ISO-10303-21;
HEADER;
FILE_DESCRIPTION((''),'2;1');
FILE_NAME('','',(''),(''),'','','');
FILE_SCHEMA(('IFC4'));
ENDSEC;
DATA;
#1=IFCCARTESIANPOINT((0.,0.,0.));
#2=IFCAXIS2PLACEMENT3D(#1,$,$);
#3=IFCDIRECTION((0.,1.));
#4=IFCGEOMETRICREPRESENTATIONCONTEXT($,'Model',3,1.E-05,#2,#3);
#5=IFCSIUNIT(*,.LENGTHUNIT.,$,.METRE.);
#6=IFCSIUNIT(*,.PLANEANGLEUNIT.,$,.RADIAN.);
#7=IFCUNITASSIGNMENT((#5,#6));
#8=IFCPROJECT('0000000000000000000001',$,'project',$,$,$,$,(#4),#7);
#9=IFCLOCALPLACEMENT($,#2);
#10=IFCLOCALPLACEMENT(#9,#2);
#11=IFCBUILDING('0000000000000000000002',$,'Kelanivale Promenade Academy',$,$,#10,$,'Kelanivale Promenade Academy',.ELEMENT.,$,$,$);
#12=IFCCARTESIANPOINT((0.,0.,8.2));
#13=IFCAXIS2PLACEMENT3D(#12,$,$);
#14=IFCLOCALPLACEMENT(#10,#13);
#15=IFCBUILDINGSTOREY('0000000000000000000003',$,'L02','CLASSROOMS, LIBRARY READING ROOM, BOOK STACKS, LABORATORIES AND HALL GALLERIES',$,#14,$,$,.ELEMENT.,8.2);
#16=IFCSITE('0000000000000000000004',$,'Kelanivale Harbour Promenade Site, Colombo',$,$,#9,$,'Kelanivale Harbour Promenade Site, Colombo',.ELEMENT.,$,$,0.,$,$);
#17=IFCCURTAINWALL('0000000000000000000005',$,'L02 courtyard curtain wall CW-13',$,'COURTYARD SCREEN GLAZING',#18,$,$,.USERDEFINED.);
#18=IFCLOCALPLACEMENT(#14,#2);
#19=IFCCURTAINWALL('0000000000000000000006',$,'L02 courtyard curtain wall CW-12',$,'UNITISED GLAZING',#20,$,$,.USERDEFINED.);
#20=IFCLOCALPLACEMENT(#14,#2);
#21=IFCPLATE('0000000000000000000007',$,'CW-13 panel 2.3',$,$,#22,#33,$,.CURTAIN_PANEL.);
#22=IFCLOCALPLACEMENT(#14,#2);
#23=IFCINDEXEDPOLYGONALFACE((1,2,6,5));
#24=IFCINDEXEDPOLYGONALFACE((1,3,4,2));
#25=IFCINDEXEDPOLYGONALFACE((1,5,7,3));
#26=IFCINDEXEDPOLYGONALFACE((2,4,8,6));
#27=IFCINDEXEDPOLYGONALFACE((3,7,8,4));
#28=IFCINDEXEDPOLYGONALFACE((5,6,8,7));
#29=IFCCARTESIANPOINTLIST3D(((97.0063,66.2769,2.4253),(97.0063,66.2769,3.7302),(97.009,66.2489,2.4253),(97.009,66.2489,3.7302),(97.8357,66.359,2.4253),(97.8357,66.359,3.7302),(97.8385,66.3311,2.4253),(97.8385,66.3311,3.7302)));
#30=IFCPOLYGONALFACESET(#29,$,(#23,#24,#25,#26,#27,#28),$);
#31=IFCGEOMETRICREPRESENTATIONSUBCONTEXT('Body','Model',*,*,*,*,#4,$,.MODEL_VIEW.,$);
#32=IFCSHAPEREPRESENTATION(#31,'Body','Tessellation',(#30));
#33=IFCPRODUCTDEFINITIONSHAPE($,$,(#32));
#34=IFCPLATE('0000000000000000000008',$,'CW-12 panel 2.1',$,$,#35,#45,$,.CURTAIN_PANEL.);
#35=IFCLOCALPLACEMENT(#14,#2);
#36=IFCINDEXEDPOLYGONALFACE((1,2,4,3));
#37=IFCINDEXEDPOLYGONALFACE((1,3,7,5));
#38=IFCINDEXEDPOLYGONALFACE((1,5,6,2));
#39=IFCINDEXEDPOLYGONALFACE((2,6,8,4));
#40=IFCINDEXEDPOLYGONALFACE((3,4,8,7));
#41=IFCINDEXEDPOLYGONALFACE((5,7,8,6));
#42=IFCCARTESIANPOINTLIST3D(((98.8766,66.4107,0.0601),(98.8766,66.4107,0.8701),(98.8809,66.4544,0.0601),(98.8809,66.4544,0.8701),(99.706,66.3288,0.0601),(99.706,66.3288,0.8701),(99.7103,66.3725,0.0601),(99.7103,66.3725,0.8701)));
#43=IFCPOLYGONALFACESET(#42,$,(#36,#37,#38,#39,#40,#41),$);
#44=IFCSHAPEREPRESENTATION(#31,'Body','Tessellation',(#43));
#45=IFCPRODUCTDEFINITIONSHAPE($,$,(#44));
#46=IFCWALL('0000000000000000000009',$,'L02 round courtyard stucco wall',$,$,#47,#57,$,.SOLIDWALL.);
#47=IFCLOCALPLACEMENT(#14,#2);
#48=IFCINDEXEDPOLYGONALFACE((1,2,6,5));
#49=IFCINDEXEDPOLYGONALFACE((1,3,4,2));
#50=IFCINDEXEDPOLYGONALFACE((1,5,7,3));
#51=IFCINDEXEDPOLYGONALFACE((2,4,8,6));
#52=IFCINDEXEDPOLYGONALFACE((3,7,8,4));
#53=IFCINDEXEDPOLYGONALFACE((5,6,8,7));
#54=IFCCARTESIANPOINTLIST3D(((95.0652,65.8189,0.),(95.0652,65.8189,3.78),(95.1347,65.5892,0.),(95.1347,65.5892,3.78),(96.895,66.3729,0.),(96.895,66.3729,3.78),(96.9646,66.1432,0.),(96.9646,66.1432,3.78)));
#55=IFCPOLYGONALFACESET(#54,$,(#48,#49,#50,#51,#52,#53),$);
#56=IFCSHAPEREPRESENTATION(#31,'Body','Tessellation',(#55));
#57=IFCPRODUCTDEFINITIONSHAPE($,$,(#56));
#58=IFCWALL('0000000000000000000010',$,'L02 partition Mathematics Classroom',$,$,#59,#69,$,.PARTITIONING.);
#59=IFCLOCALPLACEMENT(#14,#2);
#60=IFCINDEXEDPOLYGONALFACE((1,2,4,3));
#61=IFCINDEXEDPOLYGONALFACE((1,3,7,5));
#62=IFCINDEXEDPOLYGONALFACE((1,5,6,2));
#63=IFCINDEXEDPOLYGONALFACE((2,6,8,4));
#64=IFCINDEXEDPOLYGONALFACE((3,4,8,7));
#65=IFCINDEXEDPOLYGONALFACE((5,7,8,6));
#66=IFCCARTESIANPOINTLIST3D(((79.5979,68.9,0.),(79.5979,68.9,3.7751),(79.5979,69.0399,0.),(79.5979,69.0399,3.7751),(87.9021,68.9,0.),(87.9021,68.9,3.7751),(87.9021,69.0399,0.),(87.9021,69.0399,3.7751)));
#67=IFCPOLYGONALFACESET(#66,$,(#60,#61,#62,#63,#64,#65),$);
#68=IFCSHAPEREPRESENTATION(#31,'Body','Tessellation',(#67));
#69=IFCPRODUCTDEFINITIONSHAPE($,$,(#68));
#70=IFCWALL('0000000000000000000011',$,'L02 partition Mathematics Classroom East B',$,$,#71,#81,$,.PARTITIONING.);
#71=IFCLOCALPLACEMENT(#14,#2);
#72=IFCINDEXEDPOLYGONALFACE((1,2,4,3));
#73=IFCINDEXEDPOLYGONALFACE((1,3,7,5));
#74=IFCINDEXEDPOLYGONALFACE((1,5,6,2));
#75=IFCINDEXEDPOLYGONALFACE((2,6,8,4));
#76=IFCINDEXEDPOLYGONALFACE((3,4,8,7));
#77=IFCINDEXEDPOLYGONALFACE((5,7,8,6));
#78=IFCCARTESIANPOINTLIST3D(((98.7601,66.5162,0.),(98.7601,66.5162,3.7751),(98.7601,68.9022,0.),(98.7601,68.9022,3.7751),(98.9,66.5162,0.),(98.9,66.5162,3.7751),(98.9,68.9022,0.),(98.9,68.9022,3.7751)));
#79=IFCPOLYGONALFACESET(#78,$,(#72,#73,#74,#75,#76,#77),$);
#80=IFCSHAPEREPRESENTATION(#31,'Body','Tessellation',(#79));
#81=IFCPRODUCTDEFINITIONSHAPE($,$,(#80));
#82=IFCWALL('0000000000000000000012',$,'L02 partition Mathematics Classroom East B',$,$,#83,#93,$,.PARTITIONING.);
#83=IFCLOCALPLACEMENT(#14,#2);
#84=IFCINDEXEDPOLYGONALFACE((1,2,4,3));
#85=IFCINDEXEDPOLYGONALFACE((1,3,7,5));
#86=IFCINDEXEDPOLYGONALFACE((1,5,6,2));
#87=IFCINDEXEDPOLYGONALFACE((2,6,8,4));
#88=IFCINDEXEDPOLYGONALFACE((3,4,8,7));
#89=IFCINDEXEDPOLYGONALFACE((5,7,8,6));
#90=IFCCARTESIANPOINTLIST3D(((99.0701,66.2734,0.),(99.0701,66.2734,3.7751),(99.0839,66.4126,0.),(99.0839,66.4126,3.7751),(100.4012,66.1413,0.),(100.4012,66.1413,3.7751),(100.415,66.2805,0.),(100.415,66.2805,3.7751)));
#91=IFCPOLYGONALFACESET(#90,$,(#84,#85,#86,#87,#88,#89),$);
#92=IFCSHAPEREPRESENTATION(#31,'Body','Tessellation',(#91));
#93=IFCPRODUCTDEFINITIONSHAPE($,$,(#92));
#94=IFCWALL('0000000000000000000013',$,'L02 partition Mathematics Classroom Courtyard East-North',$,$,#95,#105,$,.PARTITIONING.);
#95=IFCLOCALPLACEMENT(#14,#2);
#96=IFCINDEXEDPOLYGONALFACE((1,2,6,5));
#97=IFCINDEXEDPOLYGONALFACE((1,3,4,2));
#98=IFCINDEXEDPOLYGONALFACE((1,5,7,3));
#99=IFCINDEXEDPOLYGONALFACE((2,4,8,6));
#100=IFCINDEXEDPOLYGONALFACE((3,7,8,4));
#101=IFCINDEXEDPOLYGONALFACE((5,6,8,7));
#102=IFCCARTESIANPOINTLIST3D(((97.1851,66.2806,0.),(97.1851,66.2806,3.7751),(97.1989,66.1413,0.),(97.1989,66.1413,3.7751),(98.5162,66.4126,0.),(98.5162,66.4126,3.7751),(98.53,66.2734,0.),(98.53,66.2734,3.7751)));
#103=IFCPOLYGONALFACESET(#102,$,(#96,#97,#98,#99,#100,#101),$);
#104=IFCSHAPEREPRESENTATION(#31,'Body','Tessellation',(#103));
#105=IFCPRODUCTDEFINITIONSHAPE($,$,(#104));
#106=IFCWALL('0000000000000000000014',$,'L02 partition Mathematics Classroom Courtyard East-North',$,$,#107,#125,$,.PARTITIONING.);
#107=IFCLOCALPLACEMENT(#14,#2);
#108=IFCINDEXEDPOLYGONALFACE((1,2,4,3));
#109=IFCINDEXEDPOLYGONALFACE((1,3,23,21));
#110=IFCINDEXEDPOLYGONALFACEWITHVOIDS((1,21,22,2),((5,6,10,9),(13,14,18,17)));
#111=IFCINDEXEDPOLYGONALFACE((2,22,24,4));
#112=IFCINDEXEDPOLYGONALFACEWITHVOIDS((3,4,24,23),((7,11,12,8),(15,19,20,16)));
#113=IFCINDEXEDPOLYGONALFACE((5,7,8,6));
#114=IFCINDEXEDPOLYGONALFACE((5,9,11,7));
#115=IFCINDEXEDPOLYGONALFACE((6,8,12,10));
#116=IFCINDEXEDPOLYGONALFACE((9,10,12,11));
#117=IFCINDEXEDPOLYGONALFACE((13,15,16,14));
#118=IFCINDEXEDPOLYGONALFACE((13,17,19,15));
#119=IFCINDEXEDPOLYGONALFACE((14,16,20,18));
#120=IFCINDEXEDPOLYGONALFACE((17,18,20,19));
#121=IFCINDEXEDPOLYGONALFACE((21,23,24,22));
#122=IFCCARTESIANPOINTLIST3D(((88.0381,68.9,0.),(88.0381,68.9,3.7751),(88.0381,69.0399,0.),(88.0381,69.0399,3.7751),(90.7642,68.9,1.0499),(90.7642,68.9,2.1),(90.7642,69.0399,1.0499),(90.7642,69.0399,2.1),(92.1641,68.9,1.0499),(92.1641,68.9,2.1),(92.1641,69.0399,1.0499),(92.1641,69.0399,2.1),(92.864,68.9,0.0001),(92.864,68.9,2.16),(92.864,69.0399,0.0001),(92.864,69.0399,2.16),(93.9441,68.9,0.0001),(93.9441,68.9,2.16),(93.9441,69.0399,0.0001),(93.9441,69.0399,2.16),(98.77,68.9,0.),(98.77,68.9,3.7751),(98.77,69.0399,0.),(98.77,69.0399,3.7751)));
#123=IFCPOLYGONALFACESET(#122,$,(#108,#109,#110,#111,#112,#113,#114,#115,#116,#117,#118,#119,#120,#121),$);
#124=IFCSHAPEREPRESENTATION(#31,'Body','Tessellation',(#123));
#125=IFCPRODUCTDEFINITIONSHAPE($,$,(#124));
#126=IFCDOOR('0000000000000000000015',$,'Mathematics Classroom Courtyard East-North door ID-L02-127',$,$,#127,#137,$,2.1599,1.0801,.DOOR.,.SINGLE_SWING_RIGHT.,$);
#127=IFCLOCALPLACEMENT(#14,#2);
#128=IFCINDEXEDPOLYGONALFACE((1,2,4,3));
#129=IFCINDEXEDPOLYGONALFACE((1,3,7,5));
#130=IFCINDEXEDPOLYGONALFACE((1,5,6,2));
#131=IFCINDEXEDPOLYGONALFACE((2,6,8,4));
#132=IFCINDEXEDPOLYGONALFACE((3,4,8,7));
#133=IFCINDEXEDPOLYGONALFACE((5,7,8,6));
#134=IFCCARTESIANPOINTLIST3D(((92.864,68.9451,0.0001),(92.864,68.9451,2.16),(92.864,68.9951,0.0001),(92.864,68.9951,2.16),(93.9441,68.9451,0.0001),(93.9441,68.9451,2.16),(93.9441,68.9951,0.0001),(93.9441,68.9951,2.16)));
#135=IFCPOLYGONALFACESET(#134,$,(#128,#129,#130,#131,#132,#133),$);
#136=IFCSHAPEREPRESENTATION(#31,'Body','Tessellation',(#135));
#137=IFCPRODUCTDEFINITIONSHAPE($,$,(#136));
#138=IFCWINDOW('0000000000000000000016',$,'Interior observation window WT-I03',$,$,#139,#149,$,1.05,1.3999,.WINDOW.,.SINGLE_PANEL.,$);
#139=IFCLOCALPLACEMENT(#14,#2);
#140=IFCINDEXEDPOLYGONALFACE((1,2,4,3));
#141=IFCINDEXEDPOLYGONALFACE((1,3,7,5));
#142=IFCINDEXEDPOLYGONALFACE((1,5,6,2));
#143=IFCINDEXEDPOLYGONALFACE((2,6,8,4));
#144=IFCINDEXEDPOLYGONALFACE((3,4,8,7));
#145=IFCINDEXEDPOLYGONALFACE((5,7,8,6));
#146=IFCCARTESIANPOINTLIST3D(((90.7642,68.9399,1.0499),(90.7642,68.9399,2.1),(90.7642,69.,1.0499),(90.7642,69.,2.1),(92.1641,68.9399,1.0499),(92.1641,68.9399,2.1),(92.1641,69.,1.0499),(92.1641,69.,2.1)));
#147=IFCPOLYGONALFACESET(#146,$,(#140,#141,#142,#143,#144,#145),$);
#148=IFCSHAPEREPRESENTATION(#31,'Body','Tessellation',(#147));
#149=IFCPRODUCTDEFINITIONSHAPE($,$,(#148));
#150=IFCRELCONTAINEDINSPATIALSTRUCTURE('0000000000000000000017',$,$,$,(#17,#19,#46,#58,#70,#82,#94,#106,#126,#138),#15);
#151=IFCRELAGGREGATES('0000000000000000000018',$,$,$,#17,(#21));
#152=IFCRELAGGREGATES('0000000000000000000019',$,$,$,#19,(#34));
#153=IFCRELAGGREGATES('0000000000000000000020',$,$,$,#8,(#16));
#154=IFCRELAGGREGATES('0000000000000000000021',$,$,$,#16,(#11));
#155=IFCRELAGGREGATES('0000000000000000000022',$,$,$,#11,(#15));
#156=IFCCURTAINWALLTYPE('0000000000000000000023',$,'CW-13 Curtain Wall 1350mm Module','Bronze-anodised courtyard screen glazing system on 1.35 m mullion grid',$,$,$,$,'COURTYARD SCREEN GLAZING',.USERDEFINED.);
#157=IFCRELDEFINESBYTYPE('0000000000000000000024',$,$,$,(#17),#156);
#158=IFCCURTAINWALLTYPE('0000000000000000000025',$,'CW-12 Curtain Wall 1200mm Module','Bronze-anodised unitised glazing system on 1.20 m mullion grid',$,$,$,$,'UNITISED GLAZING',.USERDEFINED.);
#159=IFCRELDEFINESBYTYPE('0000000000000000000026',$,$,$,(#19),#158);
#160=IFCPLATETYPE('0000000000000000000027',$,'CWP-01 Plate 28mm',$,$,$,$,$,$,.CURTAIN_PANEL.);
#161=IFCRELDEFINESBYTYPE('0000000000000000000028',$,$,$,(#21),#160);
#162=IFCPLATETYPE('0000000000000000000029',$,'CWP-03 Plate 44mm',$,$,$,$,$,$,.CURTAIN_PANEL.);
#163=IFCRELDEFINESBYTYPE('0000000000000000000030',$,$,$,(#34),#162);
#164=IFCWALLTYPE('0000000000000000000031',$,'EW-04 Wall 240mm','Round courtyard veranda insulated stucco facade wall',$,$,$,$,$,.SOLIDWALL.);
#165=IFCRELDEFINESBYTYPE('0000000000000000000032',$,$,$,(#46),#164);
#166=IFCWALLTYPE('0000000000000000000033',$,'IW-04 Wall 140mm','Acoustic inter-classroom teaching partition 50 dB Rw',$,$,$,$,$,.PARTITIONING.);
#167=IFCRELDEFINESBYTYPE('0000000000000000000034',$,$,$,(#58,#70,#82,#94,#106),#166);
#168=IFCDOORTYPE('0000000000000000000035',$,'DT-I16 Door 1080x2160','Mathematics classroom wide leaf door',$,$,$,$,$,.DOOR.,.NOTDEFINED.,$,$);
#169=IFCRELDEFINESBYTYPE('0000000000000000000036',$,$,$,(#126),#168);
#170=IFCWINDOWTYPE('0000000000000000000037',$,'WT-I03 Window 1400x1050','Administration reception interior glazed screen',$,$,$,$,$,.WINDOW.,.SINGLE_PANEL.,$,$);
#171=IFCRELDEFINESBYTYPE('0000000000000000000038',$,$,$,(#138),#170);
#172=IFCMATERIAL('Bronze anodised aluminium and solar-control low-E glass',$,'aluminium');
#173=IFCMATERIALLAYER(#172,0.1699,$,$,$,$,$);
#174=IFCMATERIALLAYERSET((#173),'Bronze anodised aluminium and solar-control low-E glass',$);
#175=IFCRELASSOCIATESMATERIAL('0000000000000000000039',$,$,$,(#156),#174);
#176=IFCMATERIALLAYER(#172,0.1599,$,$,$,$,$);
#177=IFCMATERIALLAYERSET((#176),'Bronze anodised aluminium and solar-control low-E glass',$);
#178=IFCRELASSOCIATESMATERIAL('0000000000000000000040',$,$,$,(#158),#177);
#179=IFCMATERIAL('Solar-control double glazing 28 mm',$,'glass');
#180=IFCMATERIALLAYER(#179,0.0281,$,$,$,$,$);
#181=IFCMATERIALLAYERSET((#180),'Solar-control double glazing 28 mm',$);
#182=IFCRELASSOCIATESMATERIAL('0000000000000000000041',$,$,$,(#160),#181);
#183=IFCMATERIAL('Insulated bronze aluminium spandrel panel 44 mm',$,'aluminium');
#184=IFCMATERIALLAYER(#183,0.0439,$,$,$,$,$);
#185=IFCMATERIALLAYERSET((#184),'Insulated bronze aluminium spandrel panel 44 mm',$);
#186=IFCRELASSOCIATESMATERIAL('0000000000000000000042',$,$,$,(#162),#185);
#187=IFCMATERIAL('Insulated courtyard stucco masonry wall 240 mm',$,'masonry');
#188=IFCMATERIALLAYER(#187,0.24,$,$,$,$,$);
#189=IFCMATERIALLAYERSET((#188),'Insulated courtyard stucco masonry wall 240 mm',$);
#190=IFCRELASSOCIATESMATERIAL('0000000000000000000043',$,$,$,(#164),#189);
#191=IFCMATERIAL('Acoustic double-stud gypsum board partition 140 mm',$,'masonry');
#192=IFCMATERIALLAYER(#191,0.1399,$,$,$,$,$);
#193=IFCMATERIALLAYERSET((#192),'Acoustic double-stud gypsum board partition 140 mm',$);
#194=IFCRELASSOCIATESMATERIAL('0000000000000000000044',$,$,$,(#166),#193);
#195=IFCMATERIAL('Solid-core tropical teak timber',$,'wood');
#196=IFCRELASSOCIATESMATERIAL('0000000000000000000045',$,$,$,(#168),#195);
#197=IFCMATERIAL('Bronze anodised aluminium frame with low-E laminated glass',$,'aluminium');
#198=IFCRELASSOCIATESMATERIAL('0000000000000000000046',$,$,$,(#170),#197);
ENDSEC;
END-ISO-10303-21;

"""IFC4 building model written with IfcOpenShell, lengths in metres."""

from ifc_helpers import new_model, si_unit, direction, frame, frame_2d, origin, origin_2d, place, context, subcontext, project, spatial, rectangle, extrude, material, layer, layer_set, type_object, element, fill, aggregate, save


model = new_model("IFC4")

# Units and contexts
model_context = context("Model", 3, precision=1e-05, world=origin(), true_north=direction((0.0, 1.0)))
body_context = subcontext(model_context, "Body", "Model", "MODEL_VIEW")
ifc_project = project(units=[si_unit("LENGTHUNIT", "METRE"), si_unit("PLANEANGLEUNIT", "RADIAN")], contexts=[model_context])

# Site, building, storey
site_placement = place(None, origin())
site = spatial("IfcSite", under=ifc_project, at=site_placement, Name="Kelanivale Harbour Promenade Site, Colombo", LongName="Kelanivale Harbour Promenade Site, Colombo", CompositionType="ELEMENT", RefElevation=0.0)
building_placement = place(site_placement, origin())
building = spatial("IfcBuilding", under=site, at=building_placement, Name="Kelanivale Promenade Academy", LongName="Kelanivale Promenade Academy", CompositionType="ELEMENT")
storey_placement = place(building_placement, frame((0.0, 0.0, 8.2)))
storey = spatial("IfcBuildingStorey", under=building, at=storey_placement, Name="L02", Description="CLASSROOMS, LIBRARY READING ROOM, BOOK STACKS, LABORATORIES AND HALL GALLERIES", CompositionType="ELEMENT", Elevation=8.2)

# Curtain wall
ifc_material_1 = material(Name="Bronze anodised aluminium and solar-control low-E glass", Category="aluminium")
ifc_layer_1 = layer(ifc_material_1, 0.1699)
ifc_layer_set_1 = layer_set([ifc_layer_1], Name="Bronze anodised aluminium and solar-control low-E glass")
curtain_wall_type_1 = type_object("IfcCurtainWallType", Name="CW-13 Curtain Wall 1350mm Module", Description="Bronze-anodised courtyard screen glazing system on 1.35 m mullion grid", ElementType="COURTYARD SCREEN GLAZING", PredefinedType="USERDEFINED", material=ifc_layer_set_1)
curtain_wall_1_placement = place(storey_placement, origin())
curtain_wall_1 = element("IfcCurtainWall", 1, at=curtain_wall_1_placement, inside=storey, type_object=curtain_wall_type_1, Name="L02 courtyard curtain wall CW-13", ObjectType="COURTYARD SCREEN GLAZING", PredefinedType="USERDEFINED")

# Curtain wall
ifc_layer_2 = layer(ifc_material_1, 0.1599)
ifc_layer_set_2 = layer_set([ifc_layer_2], Name="Bronze anodised aluminium and solar-control low-E glass")
curtain_wall_type_2 = type_object("IfcCurtainWallType", Name="CW-12 Curtain Wall 1200mm Module", Description="Bronze-anodised unitised glazing system on 1.20 m mullion grid", ElementType="UNITISED GLAZING", PredefinedType="USERDEFINED", material=ifc_layer_set_2)
curtain_wall_2_placement = place(storey_placement, origin())
curtain_wall_2 = element("IfcCurtainWall", 2, at=curtain_wall_2_placement, inside=storey, type_object=curtain_wall_type_2, Name="L02 courtyard curtain wall CW-12", ObjectType="UNITISED GLAZING", PredefinedType="USERDEFINED")

# Plates
ifc_material_2 = material(Name="Solar-control double glazing 28 mm", Category="glass")
ifc_layer_3 = layer(ifc_material_2, 0.0281)
ifc_layer_set_3 = layer_set([ifc_layer_3], Name="Solar-control double glazing 28 mm")
plate_type_1 = type_object("IfcPlateType", Name="CWP-01 Plate 28mm", PredefinedType="CURTAIN_PANEL", material=ifc_layer_set_3)
plate_1_placement = place(storey_placement, frame((97.4224, 66.304, 2.4253), z_axis=(0.0, 0.0, 1.0), x_axis=(-0.995133, -0.098539, 0.0)))
plate_1 = element("IfcPlate", 3, at=plate_1_placement, type_object=plate_type_1, Name="CW-13 panel 2.3", PredefinedType="CURTAIN_PANEL", context=body_context, shape_type="SweptSolid", body=[
    extrude(rectangle(XDim=0.8335, YDim=0.0281, at=origin_2d()), origin(), (0.0, 0.0, 1.0), 1.3049),
])
aggregate(curtain_wall_1, [plate_1])
ifc_material_3 = material(Name="Insulated bronze aluminium spandrel panel 44 mm", Category="aluminium")
ifc_layer_4 = layer(ifc_material_3, 0.0439)
ifc_layer_set_4 = layer_set([ifc_layer_4], Name="Insulated bronze aluminium spandrel panel 44 mm")
plate_type_2 = type_object("IfcPlateType", Name="CWP-03 Plate 44mm", PredefinedType="CURTAIN_PANEL", material=ifc_layer_set_4)
plate_2_placement = place(storey_placement, frame((99.2935, 66.3916, 0.0601), z_axis=(0.0, 0.0, 1.0), x_axis=(-0.995159, 0.098281, 0.0)))
plate_2 = element("IfcPlate", 4, at=plate_2_placement, type_object=plate_type_2, Name="CW-12 panel 2.1", PredefinedType="CURTAIN_PANEL", context=body_context, shape_type="SweptSolid", body=[
    extrude(rectangle(XDim=0.8335, YDim=0.0439, at=origin_2d()), origin(), (0.0, 0.0, 1.0), 0.8101),
])
aggregate(curtain_wall_2, [plate_2])

# Walls
ifc_material_4 = material(Name="Insulated courtyard stucco masonry wall 240 mm", Category="masonry")
ifc_layer_5 = layer(ifc_material_4, 0.24)
ifc_layer_set_5 = layer_set([ifc_layer_5], Name="Insulated courtyard stucco masonry wall 240 mm")
wall_type_1 = type_object("IfcWallType", Name="EW-04 Wall 240mm", Description="Round courtyard veranda insulated stucco facade wall", PredefinedType="SOLIDWALL", material=ifc_layer_set_5)
wall_1_placement = place(storey_placement, frame((96.9299, 66.2581, 0.0), z_axis=(0.0, 0.0, 1.0), x_axis=(-0.957103, -0.289749, 0.0)))
element("IfcWall", 5, at=wall_1_placement, inside=storey, type_object=wall_type_1, Name="L02 round courtyard stucco wall", PredefinedType="SOLIDWALL", context=body_context, shape_type="SweptSolid", body=[
    extrude(rectangle(XDim=1.9119, YDim=0.24, at=frame_2d((0.9561, 0.0))), origin(), (0.0, 0.0, 1.0), 3.78),
])
ifc_material_5 = material(Name="Acoustic double-stud gypsum board partition 140 mm", Category="masonry")
ifc_layer_6 = layer(ifc_material_5, 0.1399)
ifc_layer_set_6 = layer_set([ifc_layer_6], Name="Acoustic double-stud gypsum board partition 140 mm")
wall_type_2 = type_object("IfcWallType", Name="IW-04 Wall 140mm", Description="Acoustic inter-classroom teaching partition 50 dB Rw", PredefinedType="PARTITIONING", material=ifc_layer_set_6)
wall_2_placement = place(storey_placement, frame((87.9021, 68.97, 0.0), z_axis=(0.0, 0.0, 1.0), x_axis=(-1.0, 0.0, 0.0)))
element("IfcWall", 6, at=wall_2_placement, inside=storey, type_object=wall_type_2, Name="L02 partition Mathematics Classroom", PredefinedType="PARTITIONING", context=body_context, shape_type="SweptSolid", body=[
    extrude(rectangle(XDim=8.3042, YDim=0.1399, at=frame_2d((4.1521, 0.0))), origin(), (0.0, 0.0, 1.0), 3.7751),
])
wall_3_placement = place(storey_placement, frame((98.8301, 68.9021, 0.0), z_axis=(0.0, 0.0, 1.0), x_axis=(0.0, -1.0, 0.0)))
element("IfcWall", 7, at=wall_3_placement, inside=storey, type_object=wall_type_2, Name="L02 partition Mathematics Classroom East B", PredefinedType="PARTITIONING", context=body_context, shape_type="SweptSolid", body=[
    extrude(rectangle(XDim=2.386, YDim=0.1399, at=frame_2d((1.1929, 0.0))), origin(), (0.0, 0.0, 1.0), 3.7751),
])
for number, where, z_axis, x_axis, name in (
    (8, (99.0769, 66.343, 0.0), (0.0, 0.0, 1.0), (0.995113, -0.098745, 0.0), "L02 partition Mathematics Classroom East B"),
    (9, (97.1919, 66.2109, 0.0), (0.0, 0.0, 1.0), (0.995113, 0.098745, 0.0), "L02 partition Mathematics Classroom Courtyard East-North"),
):
    element("IfcWall", number, at=place(storey_placement, frame(where, z_axis=z_axis, x_axis=x_axis)), inside=storey, type_object=wall_type_2, Name=name, PredefinedType="PARTITIONING", context=body_context, shape_type="SweptSolid", body=[
        extrude(rectangle(XDim=1.3376, YDim=0.1399, at=frame_2d((0.6689, 0.0))), origin(), (0.0, 0.0, 1.0), 3.7751),
    ])

# Wall, openings, door, window
wall_4_placement = place(storey_placement, frame((98.77, 68.97, 0.0), z_axis=(0.0, 0.0, 1.0), x_axis=(-1.0, 0.0, 0.0)))
wall_4 = element("IfcWall", 10, at=wall_4_placement, inside=storey, type_object=wall_type_2, Name="L02 partition Mathematics Classroom Courtyard East-North", PredefinedType="PARTITIONING", context=body_context, shape_type="SweptSolid", body=[
    extrude(rectangle(XDim=10.7319, YDim=0.1399, at=frame_2d((5.366, 0.0))), origin(), (0.0, 0.0, 1.0), 3.7751),
])
opening_1_placement = place(wall_4_placement, frame((4.8259, 0.0, 0.0)))
opening_1 = element("IfcOpeningElement", 11, at=opening_1_placement, cuts=wall_4, PredefinedType="OPENING", context=body_context, shape_type="SweptSolid", body=[
    extrude(rectangle(XDim=1.0801, YDim=2.1599, at=frame_2d((0.54, 1.0801))), frame((0.0, 0.0801, 0.0), z_axis=(0.0, -1.0, 0.0), x_axis=(1.0, 0.0, 0.0)), (0.0, 0.0, 1.0), 0.1599),
])
opening_2_placement = place(wall_4_placement, frame((6.606, 0.0, 1.05)))
opening_2 = element("IfcOpeningElement", 12, at=opening_2_placement, cuts=wall_4, PredefinedType="OPENING", context=body_context, shape_type="SweptSolid", body=[
    extrude(rectangle(XDim=1.3999, YDim=1.05, at=frame_2d((0.7, 0.5249))), frame((0.0, 0.0801, 0.0), z_axis=(0.0, -1.0, 0.0), x_axis=(1.0, 0.0, 0.0)), (0.0, 0.0, 1.0), 0.1599),
])
ifc_material_6 = material(Name="Solid-core tropical teak timber", Category="wood")
door_type = type_object("IfcDoorType", Name="DT-I16 Door 1080x2160", Description="Mathematics classroom wide leaf door", OperationType="NOTDEFINED", PredefinedType="DOOR", material=ifc_material_6)
door_placement = place(opening_1_placement, origin())
door = element("IfcDoor", 13, at=door_placement, inside=storey, type_object=door_type, Name="Mathematics Classroom Courtyard East-North door ID-L02-127", OperationType="SINGLE_SWING_RIGHT", OverallHeight=2.1599, OverallWidth=1.0801, PredefinedType="DOOR", context=body_context, shape_type="SweptSolid", body=[
    extrude(rectangle(XDim=1.0801, YDim=2.1599, at=frame_2d((0.54, 1.0801))), frame((0.0, 0.0249, 0.0), z_axis=(0.0, -1.0, 0.0), x_axis=(1.0, 0.0, 0.0)), (0.0, 0.0, 1.0), 0.05),
])
fill(opening_1, door)
ifc_material_7 = material(Name="Bronze anodised aluminium frame with low-E laminated glass", Category="aluminium")
window_type = type_object("IfcWindowType", Name="WT-I03 Window 1400x1050", Description="Administration reception interior glazed screen", PartitioningType="SINGLE_PANEL", PredefinedType="WINDOW", material=ifc_material_7)
window_placement = place(opening_2_placement, origin())
window = element("IfcWindow", 14, at=window_placement, inside=storey, type_object=window_type, Name="Interior observation window WT-I03", OverallHeight=1.05, OverallWidth=1.3999, PartitioningType="SINGLE_PANEL", PredefinedType="WINDOW", context=body_context, shape_type="SweptSolid", body=[
    extrude(rectangle(XDim=1.3999, YDim=1.05, at=frame_2d((0.7, 0.5249))), frame((0.0, 0.03, 0.0), z_axis=(0.0, -1.0, 0.0), x_axis=(1.0, 0.0, 0.0)), (0.0, 0.0, 1.0), 0.0601),
])
fill(opening_2, window)

save(model, "model.ifc")
